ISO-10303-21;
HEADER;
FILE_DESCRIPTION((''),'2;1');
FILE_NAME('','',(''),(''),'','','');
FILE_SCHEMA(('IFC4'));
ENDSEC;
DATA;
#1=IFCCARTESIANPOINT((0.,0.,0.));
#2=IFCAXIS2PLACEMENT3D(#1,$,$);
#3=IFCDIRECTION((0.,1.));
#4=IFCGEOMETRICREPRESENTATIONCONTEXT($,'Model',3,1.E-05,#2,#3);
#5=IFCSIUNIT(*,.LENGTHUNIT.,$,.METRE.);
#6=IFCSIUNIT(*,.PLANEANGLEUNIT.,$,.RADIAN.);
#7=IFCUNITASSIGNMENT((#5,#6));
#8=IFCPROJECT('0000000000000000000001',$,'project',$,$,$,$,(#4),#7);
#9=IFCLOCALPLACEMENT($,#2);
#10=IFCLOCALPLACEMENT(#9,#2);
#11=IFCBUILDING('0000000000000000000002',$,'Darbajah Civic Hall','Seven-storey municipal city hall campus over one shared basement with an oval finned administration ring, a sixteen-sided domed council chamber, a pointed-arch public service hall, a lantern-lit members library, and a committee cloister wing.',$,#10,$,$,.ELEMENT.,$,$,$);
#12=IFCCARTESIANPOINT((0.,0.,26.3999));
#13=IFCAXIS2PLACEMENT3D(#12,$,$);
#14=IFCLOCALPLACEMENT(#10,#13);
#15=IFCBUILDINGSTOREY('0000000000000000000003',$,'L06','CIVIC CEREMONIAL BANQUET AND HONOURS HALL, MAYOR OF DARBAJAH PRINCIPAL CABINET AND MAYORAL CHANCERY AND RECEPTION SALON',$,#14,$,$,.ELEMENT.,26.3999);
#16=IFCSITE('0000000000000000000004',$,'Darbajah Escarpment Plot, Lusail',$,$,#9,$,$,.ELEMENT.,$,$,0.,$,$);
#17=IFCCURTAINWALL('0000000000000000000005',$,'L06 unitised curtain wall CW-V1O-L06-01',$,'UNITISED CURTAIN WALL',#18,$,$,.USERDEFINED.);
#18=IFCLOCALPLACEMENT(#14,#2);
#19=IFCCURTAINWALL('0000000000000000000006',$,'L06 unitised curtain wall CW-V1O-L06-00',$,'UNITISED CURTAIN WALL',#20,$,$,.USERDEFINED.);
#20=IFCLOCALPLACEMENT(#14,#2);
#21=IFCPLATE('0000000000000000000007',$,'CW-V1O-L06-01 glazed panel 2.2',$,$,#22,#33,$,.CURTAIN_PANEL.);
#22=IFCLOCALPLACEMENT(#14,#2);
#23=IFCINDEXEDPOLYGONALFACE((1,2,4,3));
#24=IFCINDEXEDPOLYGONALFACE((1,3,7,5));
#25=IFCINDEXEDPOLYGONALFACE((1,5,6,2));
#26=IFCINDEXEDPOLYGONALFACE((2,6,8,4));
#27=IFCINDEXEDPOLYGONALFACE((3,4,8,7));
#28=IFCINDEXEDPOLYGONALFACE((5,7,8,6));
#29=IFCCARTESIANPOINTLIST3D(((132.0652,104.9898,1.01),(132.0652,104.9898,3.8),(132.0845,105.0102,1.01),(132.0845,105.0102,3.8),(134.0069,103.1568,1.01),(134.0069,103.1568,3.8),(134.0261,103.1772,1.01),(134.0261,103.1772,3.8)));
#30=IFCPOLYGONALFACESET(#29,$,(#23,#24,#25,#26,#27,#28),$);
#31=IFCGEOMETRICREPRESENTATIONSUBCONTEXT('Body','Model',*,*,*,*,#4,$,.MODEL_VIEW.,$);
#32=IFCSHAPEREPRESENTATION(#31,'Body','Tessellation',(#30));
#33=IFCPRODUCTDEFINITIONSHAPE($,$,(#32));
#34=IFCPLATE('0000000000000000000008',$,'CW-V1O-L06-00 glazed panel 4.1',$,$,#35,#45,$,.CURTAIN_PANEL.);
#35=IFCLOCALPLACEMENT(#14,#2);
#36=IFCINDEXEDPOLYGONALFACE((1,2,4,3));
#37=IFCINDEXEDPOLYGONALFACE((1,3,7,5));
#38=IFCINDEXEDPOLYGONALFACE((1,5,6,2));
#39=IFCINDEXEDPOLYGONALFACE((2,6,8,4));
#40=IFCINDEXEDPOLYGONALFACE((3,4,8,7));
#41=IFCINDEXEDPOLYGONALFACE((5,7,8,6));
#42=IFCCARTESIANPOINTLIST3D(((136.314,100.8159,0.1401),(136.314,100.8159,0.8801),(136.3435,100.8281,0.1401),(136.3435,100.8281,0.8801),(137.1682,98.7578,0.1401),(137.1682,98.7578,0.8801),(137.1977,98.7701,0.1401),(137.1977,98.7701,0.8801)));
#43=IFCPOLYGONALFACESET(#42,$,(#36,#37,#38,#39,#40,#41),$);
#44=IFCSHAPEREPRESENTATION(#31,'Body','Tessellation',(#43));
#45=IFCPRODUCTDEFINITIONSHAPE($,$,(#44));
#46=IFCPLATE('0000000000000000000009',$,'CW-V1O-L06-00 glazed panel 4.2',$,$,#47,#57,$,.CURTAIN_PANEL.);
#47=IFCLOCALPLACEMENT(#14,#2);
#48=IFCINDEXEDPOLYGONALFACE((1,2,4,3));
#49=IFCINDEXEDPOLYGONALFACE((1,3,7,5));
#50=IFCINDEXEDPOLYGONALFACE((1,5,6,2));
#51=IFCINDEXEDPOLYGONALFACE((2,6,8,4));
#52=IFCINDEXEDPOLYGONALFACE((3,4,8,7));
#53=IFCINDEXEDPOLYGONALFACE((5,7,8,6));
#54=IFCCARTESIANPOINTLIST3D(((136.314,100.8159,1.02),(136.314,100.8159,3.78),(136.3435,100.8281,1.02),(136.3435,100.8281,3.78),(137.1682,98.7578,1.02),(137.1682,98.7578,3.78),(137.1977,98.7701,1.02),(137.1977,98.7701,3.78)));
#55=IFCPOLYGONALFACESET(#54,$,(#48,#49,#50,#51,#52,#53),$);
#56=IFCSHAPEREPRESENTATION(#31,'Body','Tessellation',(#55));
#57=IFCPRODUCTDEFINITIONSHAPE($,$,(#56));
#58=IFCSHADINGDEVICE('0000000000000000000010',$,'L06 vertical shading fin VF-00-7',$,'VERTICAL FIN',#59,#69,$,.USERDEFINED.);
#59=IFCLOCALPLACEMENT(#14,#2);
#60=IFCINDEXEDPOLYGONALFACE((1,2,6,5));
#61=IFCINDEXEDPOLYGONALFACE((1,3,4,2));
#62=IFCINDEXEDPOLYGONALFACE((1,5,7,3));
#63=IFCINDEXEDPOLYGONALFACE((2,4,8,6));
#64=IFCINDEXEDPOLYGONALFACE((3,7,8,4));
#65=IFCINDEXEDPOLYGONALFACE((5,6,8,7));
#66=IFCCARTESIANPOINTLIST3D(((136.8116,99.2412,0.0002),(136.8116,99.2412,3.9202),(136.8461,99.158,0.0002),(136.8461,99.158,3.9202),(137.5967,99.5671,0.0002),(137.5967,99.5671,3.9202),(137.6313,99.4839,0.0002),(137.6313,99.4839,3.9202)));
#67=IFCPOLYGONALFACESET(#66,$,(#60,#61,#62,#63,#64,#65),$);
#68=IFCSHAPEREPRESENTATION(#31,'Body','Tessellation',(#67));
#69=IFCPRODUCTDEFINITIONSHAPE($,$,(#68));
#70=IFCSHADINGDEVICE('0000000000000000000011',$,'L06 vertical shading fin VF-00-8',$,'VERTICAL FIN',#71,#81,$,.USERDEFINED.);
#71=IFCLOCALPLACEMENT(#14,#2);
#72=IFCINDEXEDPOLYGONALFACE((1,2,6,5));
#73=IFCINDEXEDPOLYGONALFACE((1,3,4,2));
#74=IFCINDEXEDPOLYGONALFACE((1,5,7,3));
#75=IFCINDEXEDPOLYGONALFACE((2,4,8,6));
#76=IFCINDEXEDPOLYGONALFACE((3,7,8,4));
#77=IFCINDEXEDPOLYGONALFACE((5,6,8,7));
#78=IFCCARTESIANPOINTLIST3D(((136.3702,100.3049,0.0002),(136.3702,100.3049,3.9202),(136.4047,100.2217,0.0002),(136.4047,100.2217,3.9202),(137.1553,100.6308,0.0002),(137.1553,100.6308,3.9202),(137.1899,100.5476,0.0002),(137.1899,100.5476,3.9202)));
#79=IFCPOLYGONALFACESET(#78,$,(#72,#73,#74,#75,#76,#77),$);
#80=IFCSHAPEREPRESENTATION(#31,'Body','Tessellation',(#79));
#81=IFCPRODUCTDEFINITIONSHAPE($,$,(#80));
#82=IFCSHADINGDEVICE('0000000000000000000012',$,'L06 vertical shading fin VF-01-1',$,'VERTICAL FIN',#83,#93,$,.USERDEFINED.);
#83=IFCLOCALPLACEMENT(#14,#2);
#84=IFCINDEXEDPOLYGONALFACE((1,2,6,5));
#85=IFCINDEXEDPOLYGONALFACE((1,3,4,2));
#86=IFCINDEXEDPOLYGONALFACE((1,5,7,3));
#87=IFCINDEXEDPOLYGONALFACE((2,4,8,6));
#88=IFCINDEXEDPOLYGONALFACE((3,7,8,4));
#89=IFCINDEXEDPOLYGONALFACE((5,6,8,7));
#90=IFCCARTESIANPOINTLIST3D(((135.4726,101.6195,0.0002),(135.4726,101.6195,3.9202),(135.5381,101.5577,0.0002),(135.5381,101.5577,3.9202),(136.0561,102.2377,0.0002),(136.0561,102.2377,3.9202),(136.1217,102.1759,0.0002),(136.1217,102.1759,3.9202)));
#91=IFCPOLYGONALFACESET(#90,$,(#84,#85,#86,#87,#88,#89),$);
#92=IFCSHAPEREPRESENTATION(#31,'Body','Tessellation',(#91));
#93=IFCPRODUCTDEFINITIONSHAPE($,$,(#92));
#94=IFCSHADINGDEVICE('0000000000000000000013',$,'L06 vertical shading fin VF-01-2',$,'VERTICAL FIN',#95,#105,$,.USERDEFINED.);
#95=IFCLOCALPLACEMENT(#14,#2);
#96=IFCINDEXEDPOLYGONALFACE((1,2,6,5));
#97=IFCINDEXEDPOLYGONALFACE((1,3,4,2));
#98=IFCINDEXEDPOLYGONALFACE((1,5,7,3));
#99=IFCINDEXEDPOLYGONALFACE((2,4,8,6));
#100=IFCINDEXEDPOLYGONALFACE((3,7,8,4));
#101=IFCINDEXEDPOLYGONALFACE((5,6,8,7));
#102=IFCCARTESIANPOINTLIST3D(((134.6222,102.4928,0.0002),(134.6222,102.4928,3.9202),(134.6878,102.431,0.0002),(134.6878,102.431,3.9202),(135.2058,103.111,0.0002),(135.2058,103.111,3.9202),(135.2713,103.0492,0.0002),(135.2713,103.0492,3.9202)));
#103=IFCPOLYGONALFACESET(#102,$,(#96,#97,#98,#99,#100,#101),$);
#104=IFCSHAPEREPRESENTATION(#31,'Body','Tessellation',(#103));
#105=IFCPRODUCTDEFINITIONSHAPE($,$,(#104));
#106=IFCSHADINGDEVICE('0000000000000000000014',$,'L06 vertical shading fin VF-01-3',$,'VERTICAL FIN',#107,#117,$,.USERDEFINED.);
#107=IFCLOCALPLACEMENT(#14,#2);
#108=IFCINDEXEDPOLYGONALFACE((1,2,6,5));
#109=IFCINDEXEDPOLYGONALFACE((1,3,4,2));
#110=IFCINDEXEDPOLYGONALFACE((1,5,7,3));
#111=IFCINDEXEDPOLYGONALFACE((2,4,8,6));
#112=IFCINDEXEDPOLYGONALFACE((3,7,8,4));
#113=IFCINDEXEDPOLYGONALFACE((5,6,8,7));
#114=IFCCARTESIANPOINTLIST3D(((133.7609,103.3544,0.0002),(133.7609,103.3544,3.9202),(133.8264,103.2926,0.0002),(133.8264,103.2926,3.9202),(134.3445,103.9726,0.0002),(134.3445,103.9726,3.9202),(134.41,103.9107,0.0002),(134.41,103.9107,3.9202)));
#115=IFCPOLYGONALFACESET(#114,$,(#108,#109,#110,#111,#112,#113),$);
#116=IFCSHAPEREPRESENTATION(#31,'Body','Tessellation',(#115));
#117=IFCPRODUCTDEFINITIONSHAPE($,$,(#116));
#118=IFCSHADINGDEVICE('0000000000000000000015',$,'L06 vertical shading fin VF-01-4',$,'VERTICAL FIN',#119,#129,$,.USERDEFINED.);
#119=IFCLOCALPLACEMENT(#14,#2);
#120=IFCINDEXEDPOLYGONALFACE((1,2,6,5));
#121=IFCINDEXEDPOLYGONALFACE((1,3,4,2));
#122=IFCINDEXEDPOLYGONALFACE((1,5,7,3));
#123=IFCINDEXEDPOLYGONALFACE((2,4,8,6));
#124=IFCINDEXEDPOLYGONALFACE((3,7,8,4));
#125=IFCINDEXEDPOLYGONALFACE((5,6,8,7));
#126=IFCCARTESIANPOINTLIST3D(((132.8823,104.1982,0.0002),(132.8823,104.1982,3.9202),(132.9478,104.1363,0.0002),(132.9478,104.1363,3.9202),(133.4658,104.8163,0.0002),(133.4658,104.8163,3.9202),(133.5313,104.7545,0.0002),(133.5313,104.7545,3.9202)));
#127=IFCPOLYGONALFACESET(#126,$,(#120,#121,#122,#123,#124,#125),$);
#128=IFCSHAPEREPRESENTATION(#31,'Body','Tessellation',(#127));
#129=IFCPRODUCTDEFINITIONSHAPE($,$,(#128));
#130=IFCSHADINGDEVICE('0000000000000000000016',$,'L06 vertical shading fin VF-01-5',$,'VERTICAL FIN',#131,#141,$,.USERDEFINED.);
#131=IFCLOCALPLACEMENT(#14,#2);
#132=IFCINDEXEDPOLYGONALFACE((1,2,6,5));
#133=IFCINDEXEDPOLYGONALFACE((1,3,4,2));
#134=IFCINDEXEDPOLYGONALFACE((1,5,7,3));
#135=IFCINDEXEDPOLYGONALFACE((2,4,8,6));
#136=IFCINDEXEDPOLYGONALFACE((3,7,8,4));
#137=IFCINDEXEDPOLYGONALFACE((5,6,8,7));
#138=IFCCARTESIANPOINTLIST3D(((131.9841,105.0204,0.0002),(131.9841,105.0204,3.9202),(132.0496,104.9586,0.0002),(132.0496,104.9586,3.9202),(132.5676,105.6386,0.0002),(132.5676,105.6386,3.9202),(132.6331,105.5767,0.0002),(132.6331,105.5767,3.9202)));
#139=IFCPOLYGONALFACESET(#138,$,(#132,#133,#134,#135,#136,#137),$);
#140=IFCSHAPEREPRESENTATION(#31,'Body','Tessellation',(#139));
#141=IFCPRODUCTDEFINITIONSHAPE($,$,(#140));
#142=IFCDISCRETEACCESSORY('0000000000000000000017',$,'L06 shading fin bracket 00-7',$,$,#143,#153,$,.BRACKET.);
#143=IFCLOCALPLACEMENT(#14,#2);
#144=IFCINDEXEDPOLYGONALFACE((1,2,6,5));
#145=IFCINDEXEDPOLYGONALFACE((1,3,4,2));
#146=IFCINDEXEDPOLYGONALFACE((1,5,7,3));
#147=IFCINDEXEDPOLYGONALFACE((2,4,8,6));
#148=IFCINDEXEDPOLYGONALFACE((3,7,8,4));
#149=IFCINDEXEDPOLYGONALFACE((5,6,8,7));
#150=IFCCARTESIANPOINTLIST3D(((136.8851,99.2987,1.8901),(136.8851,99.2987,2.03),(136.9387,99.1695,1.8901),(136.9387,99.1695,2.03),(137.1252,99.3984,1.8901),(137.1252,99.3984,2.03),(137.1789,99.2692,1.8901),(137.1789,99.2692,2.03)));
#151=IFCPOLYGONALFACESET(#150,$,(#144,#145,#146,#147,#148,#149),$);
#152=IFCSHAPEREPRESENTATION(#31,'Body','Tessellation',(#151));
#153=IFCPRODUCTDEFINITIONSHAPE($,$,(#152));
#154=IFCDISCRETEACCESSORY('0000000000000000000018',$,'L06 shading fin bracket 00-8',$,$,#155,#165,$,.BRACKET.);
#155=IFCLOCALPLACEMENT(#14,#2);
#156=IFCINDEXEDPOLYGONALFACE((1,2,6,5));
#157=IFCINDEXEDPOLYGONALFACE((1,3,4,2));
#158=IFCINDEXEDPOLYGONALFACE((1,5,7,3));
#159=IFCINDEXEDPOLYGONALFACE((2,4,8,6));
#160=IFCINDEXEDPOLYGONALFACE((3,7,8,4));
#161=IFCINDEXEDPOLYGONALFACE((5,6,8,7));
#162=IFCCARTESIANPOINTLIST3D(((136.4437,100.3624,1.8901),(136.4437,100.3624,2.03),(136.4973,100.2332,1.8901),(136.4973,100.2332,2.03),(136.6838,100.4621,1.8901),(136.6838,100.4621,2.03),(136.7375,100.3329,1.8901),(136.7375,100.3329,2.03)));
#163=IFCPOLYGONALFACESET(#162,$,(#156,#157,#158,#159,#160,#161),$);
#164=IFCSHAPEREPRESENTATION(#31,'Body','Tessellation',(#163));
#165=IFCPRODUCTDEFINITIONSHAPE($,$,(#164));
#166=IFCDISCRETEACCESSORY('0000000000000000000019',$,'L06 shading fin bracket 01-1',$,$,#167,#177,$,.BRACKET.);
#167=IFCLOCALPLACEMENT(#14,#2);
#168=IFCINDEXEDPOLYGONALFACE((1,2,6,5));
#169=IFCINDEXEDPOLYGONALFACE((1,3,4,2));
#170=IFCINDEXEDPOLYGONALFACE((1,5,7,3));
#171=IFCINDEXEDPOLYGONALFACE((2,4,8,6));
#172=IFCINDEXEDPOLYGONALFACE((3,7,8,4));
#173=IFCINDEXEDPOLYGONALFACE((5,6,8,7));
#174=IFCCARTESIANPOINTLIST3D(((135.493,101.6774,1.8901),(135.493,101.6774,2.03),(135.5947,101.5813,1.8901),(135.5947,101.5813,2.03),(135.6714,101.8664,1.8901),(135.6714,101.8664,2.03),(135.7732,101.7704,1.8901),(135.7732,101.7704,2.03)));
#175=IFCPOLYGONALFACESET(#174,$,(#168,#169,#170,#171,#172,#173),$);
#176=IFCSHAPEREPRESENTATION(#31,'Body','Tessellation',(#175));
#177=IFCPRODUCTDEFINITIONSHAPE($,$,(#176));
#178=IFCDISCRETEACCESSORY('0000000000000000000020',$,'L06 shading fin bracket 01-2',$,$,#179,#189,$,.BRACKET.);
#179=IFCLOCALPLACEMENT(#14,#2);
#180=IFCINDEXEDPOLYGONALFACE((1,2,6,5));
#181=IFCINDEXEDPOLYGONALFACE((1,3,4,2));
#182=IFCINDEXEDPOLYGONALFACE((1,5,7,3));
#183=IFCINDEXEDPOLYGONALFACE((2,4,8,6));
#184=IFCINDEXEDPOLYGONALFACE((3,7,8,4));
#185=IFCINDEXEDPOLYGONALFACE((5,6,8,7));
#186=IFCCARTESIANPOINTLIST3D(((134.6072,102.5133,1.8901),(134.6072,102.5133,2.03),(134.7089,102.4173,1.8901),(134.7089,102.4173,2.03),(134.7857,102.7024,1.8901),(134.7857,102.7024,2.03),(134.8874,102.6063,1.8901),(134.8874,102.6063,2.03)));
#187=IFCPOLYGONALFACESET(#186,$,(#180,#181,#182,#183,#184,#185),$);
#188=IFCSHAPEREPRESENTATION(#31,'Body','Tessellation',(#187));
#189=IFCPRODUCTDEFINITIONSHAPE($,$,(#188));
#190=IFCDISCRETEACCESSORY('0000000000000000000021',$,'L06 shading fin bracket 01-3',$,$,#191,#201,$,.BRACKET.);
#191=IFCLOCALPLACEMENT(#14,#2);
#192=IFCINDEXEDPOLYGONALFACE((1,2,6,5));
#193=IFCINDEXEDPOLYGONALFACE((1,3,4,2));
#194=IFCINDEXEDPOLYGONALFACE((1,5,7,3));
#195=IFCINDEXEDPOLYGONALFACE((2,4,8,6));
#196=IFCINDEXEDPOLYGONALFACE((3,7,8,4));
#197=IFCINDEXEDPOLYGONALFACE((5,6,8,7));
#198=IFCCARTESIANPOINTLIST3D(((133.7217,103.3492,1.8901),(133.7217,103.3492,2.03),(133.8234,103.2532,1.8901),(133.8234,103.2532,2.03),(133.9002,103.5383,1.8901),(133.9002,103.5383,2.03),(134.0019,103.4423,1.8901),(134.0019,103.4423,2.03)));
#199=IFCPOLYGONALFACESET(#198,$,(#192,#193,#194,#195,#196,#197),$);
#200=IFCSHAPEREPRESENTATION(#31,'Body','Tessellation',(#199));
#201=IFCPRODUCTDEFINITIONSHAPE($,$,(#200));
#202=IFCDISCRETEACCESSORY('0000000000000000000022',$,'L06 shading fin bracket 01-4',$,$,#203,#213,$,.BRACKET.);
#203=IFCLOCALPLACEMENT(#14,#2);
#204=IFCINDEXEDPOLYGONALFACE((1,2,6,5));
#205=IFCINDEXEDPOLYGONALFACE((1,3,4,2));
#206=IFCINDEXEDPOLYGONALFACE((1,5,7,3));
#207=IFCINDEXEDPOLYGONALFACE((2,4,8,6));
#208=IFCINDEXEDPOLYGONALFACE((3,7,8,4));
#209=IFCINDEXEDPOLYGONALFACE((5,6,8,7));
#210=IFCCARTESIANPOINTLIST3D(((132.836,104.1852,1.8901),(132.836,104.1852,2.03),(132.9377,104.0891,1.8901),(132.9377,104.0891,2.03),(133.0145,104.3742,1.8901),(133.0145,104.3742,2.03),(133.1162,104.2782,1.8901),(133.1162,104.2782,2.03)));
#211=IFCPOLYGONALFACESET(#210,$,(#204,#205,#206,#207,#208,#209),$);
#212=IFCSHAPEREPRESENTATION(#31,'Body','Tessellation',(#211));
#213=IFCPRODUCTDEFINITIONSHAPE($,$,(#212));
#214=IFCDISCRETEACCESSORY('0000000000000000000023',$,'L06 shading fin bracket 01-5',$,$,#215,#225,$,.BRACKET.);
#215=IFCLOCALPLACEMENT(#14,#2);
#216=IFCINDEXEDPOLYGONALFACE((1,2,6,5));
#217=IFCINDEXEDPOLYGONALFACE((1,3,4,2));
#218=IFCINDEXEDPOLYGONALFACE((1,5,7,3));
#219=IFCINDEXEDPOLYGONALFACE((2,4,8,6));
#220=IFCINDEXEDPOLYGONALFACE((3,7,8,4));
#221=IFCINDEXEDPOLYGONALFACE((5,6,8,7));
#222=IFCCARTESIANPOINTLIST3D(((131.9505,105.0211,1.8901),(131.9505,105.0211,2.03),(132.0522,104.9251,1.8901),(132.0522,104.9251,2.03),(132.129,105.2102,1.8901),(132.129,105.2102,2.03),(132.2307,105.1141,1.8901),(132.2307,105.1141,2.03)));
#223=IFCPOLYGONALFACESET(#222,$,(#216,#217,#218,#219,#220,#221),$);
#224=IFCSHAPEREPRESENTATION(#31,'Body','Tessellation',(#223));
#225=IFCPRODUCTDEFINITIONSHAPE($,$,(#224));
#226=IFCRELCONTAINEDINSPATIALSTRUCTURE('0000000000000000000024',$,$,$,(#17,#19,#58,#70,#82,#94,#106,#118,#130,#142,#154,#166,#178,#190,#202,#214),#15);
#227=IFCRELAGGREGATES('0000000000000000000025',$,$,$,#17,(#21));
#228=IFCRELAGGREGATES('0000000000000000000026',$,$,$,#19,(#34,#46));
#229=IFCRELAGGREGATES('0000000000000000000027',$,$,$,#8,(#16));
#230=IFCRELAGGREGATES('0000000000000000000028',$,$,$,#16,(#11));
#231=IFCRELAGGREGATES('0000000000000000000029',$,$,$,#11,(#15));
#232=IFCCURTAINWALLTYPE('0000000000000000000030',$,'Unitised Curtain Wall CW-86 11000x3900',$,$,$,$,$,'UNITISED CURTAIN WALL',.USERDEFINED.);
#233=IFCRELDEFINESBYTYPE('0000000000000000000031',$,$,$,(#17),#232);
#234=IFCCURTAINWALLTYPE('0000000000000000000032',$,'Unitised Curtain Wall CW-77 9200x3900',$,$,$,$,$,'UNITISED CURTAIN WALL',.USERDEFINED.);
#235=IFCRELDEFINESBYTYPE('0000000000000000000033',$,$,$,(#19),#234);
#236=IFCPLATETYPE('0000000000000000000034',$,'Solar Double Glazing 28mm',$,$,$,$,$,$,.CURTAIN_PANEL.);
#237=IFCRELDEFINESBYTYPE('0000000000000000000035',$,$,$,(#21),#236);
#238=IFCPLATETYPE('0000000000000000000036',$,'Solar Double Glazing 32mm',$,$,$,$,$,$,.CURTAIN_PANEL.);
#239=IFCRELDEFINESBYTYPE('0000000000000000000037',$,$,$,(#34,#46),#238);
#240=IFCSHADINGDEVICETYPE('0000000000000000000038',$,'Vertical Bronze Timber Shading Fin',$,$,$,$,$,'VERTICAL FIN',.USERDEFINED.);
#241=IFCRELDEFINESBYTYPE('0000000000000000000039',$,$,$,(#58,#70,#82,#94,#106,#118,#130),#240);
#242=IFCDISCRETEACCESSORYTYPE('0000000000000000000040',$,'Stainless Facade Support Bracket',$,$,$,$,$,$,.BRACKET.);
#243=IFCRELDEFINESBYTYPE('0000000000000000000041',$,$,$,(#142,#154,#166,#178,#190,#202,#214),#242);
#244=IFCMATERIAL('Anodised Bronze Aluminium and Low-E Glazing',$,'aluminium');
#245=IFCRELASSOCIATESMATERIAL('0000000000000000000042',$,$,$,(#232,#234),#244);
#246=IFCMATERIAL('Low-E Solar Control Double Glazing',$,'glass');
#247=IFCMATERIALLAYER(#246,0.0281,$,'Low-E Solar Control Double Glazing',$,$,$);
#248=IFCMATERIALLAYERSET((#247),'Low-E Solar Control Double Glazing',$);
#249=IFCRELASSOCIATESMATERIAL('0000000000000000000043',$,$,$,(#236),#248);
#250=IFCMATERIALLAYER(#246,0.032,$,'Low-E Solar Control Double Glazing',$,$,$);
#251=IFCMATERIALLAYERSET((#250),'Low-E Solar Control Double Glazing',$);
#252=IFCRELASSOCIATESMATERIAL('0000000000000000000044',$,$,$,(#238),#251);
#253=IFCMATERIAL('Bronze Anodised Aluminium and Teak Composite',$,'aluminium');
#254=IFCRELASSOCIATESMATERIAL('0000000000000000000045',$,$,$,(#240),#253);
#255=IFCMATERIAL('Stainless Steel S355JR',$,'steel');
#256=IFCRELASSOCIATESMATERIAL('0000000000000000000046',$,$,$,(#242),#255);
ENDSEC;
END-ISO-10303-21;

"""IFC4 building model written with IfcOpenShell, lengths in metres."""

from ifc_helpers import new_model, si_unit, direction, frame, origin, origin_2d, place, context, subcontext, project, spatial, rectangle, extrude, material, layer, layer_set, type_object, element, aggregate, save


model = new_model("IFC4")

# Units and contexts
model_context = context("Model", 3, precision=1e-05, world=origin(), true_north=direction((0.0, 1.0)))
body_context = subcontext(model_context, "Body", "Model", "MODEL_VIEW")
ifc_project = project(units=[si_unit("LENGTHUNIT", "METRE"), si_unit("PLANEANGLEUNIT", "RADIAN")], contexts=[model_context])

# Site, building, storey
site_placement = place(None, origin())
site = spatial("IfcSite", under=ifc_project, at=site_placement, Name="Darbajah Escarpment Plot, Lusail", CompositionType="ELEMENT", RefElevation=0.0)
building_placement = place(site_placement, origin())
building = spatial("IfcBuilding", under=site, at=building_placement, Name="Darbajah Civic Hall", Description="Seven-storey municipal city hall campus over one shared basement with an oval finned administration ring, a sixteen-sided domed council chamber, a pointed-arch public service hall, a lantern-lit members library, and a committee cloister wing.", CompositionType="ELEMENT")
storey_placement = place(building_placement, frame((0.0, 0.0, 26.3999)))
storey = spatial("IfcBuildingStorey", under=building, at=storey_placement, Name="L06", Description="CIVIC CEREMONIAL BANQUET AND HONOURS HALL, MAYOR OF DARBAJAH PRINCIPAL CABINET AND MAYORAL CHANCERY AND RECEPTION SALON", CompositionType="ELEMENT", Elevation=26.3999)

# Curtain wall
ifc_material_1 = material(Name="Anodised Bronze Aluminium and Low-E Glazing", Category="aluminium")
curtain_wall_type_1 = type_object("IfcCurtainWallType", Name="Unitised Curtain Wall CW-86 11000x3900", ElementType="UNITISED CURTAIN WALL", PredefinedType="USERDEFINED", material=ifc_material_1)
curtain_wall_1_placement = place(storey_placement, origin())
curtain_wall_1 = element("IfcCurtainWall", 1, at=curtain_wall_1_placement, inside=storey, type_object=curtain_wall_type_1, Name="L06 unitised curtain wall CW-V1O-L06-01", ObjectType="UNITISED CURTAIN WALL", PredefinedType="USERDEFINED")

# Curtain wall
curtain_wall_type_2 = type_object("IfcCurtainWallType", Name="Unitised Curtain Wall CW-77 9200x3900", ElementType="UNITISED CURTAIN WALL", PredefinedType="USERDEFINED", material=ifc_material_1)
curtain_wall_2_placement = place(storey_placement, origin())
curtain_wall_2 = element("IfcCurtainWall", 2, at=curtain_wall_2_placement, inside=storey, type_object=curtain_wall_type_2, Name="L06 unitised curtain wall CW-V1O-L06-00", ObjectType="UNITISED CURTAIN WALL", PredefinedType="USERDEFINED")

# Plates
ifc_material_2 = material(Name="Low-E Solar Control Double Glazing", Category="glass")
ifc_layer_1 = layer(ifc_material_2, 0.0281, Name="Low-E Solar Control Double Glazing")
ifc_layer_set_1 = layer_set([ifc_layer_1], Name="Low-E Solar Control Double Glazing")
plate_type_1 = type_object("IfcPlateType", Name="Solar Double Glazing 28mm", PredefinedType="CURTAIN_PANEL", material=ifc_layer_set_1)
plate_1_placement = place(storey_placement, frame((133.0457, 104.0835, 1.01), z_axis=(0.0, 0.0, 1.0), x_axis=(-0.727174, 0.686453, 0.0)))
plate_1 = element("IfcPlate", 3, at=plate_1_placement, type_object=plate_type_1, Name="CW-V1O-L06-01 glazed panel 2.2", PredefinedType="CURTAIN_PANEL", context=body_context, shape_type="SweptSolid", body=[
    extrude(rectangle(XDim=2.6702, YDim=0.0281, at=origin_2d()), origin(), (0.0, 0.0, 1.0), 2.79),
])
aggregate(curtain_wall_1, [plate_1])
ifc_layer_2 = layer(ifc_material_2, 0.032, Name="Low-E Solar Control Double Glazing")
ifc_layer_set_2 = layer_set([ifc_layer_2], Name="Low-E Solar Control Double Glazing")
plate_type_2 = type_object("IfcPlateType", Name="Solar Double Glazing 32mm", PredefinedType="CURTAIN_PANEL", material=ifc_layer_set_2)
plate_2_placement = place(storey_placement, frame((136.7559, 99.793, 0.1401), z_axis=(0.0, 0.0, 1.0), x_axis=(-0.383328, 0.923612, 0.0)))
plate_2 = element("IfcPlate", 4, at=plate_2_placement, type_object=plate_type_2, Name="CW-V1O-L06-00 glazed panel 4.1", PredefinedType="CURTAIN_PANEL", context=body_context, shape_type="SweptSolid", body=[
    extrude(rectangle(XDim=2.2283, YDim=0.032, at=origin_2d()), origin(), (0.0, 0.0, 1.0), 0.74),
])
plate_3_placement = place(storey_placement, frame((136.7559, 99.793, 1.02), z_axis=(0.0, 0.0, 1.0), x_axis=(-0.383328, 0.923612, 0.0)))
plate_3 = element("IfcPlate", 5, at=plate_3_placement, type_object=plate_type_2, Name="CW-V1O-L06-00 glazed panel 4.2", PredefinedType="CURTAIN_PANEL", context=body_context, shape_type="SweptSolid", body=[
    extrude(rectangle(XDim=2.2283, YDim=0.032, at=origin_2d()), origin(), (0.0, 0.0, 1.0), 2.76),
])
aggregate(curtain_wall_2, [plate_2, plate_3])

# Shading devices
ifc_material_3 = material(Name="Bronze Anodised Aluminium and Teak Composite", Category="aluminium")
shading_device_type = type_object("IfcShadingDeviceType", Name="Vertical Bronze Timber Shading Fin", ElementType="VERTICAL FIN", PredefinedType="USERDEFINED", material=ifc_material_3)
for number, where, z_axis, x_axis, name in (
    (6, (137.2214, 99.3625, 0.0002), (0.0, 0.0, 1.0), (0.923612, 0.383328, 0.0), "L06 vertical shading fin VF-00-7"),
    (7, (136.78, 100.4263, 0.0002), (0.0, 0.0, 1.0), (0.923612, 0.383328, 0.0), "L06 vertical shading fin VF-00-8"),
    (8, (135.7971, 101.8977, 0.0002), (0.0, 0.0, 1.0), (0.686453, 0.727174, 0.0), "L06 vertical shading fin VF-01-1"),
    (9, (134.9468, 102.771, 0.0002), (0.0, 0.0, 1.0), (0.686453, 0.727174, 0.0), "L06 vertical shading fin VF-01-2"),
    (10, (134.0854, 103.6326, 0.0002), (0.0, 0.0, 1.0), (0.686453, 0.727174, 0.0), "L06 vertical shading fin VF-01-3"),
    (11, (133.2068, 104.4763, 0.0002), (0.0, 0.0, 1.0), (0.686453, 0.727174, 0.0), "L06 vertical shading fin VF-01-4"),
    (12, (132.3086, 105.2986, 0.0002), (0.0, 0.0, 1.0), (0.686453, 0.727174, 0.0), "L06 vertical shading fin VF-01-5"),
):
    element("IfcShadingDevice", number, at=place(storey_placement, frame(where, z_axis=z_axis, x_axis=x_axis)), inside=storey, type_object=shading_device_type, Name=name, ObjectType="VERTICAL FIN", PredefinedType="USERDEFINED", context=body_context, shape_type="SweptSolid", body=[
        extrude(rectangle(XDim=0.8501, YDim=0.0901, at=origin_2d()), origin(), (0.0, 0.0, 1.0), 3.9199),
    ])

# Discrete accessories
ifc_material_4 = material(Name="Stainless Steel S355JR", Category="steel")
discrete_accessory_type = type_object("IfcDiscreteAccessoryType", Name="Stainless Facade Support Bracket", PredefinedType="BRACKET", material=ifc_material_4)
for number, where, z_axis, x_axis, name in (
    (13, (137.032, 99.2839, 1.8901), (0.0, 0.0, 1.0), (0.923612, 0.383328, 0.0), "L06 shading fin bracket 00-7"),
    (14, (136.5906, 100.3477, 1.8901), (0.0, 0.0, 1.0), (0.923612, 0.383328, 0.0), "L06 shading fin bracket 00-8"),
    (15, (135.6331, 101.7239, 1.8901), (0.0, 0.0, 1.0), (0.686453, 0.727174, 0.0), "L06 shading fin bracket 01-1"),
    (16, (134.7473, 102.5598, 1.8901), (0.0, 0.0, 1.0), (0.686453, 0.727174, 0.0), "L06 shading fin bracket 01-2"),
    (17, (133.8618, 103.3958, 1.8901), (0.0, 0.0, 1.0), (0.686453, 0.727174, 0.0), "L06 shading fin bracket 01-3"),
    (18, (132.9761, 104.2317, 1.8901), (0.0, 0.0, 1.0), (0.686453, 0.727174, 0.0), "L06 shading fin bracket 01-4"),
    (19, (132.0906, 105.0676, 1.8901), (0.0, 0.0, 1.0), (0.686453, 0.727174, 0.0), "L06 shading fin bracket 01-5"),
):
    element("IfcDiscreteAccessory", number, at=place(storey_placement, frame(where, z_axis=z_axis, x_axis=x_axis)), inside=storey, type_object=discrete_accessory_type, Name=name, PredefinedType="BRACKET", context=body_context, shape_type="SweptSolid", body=[
        extrude(rectangle(XDim=0.26, YDim=0.1399, at=origin_2d()), origin(), (0.0, 0.0, 1.0), 0.1399),
    ])

save(model, "model.ifc")
